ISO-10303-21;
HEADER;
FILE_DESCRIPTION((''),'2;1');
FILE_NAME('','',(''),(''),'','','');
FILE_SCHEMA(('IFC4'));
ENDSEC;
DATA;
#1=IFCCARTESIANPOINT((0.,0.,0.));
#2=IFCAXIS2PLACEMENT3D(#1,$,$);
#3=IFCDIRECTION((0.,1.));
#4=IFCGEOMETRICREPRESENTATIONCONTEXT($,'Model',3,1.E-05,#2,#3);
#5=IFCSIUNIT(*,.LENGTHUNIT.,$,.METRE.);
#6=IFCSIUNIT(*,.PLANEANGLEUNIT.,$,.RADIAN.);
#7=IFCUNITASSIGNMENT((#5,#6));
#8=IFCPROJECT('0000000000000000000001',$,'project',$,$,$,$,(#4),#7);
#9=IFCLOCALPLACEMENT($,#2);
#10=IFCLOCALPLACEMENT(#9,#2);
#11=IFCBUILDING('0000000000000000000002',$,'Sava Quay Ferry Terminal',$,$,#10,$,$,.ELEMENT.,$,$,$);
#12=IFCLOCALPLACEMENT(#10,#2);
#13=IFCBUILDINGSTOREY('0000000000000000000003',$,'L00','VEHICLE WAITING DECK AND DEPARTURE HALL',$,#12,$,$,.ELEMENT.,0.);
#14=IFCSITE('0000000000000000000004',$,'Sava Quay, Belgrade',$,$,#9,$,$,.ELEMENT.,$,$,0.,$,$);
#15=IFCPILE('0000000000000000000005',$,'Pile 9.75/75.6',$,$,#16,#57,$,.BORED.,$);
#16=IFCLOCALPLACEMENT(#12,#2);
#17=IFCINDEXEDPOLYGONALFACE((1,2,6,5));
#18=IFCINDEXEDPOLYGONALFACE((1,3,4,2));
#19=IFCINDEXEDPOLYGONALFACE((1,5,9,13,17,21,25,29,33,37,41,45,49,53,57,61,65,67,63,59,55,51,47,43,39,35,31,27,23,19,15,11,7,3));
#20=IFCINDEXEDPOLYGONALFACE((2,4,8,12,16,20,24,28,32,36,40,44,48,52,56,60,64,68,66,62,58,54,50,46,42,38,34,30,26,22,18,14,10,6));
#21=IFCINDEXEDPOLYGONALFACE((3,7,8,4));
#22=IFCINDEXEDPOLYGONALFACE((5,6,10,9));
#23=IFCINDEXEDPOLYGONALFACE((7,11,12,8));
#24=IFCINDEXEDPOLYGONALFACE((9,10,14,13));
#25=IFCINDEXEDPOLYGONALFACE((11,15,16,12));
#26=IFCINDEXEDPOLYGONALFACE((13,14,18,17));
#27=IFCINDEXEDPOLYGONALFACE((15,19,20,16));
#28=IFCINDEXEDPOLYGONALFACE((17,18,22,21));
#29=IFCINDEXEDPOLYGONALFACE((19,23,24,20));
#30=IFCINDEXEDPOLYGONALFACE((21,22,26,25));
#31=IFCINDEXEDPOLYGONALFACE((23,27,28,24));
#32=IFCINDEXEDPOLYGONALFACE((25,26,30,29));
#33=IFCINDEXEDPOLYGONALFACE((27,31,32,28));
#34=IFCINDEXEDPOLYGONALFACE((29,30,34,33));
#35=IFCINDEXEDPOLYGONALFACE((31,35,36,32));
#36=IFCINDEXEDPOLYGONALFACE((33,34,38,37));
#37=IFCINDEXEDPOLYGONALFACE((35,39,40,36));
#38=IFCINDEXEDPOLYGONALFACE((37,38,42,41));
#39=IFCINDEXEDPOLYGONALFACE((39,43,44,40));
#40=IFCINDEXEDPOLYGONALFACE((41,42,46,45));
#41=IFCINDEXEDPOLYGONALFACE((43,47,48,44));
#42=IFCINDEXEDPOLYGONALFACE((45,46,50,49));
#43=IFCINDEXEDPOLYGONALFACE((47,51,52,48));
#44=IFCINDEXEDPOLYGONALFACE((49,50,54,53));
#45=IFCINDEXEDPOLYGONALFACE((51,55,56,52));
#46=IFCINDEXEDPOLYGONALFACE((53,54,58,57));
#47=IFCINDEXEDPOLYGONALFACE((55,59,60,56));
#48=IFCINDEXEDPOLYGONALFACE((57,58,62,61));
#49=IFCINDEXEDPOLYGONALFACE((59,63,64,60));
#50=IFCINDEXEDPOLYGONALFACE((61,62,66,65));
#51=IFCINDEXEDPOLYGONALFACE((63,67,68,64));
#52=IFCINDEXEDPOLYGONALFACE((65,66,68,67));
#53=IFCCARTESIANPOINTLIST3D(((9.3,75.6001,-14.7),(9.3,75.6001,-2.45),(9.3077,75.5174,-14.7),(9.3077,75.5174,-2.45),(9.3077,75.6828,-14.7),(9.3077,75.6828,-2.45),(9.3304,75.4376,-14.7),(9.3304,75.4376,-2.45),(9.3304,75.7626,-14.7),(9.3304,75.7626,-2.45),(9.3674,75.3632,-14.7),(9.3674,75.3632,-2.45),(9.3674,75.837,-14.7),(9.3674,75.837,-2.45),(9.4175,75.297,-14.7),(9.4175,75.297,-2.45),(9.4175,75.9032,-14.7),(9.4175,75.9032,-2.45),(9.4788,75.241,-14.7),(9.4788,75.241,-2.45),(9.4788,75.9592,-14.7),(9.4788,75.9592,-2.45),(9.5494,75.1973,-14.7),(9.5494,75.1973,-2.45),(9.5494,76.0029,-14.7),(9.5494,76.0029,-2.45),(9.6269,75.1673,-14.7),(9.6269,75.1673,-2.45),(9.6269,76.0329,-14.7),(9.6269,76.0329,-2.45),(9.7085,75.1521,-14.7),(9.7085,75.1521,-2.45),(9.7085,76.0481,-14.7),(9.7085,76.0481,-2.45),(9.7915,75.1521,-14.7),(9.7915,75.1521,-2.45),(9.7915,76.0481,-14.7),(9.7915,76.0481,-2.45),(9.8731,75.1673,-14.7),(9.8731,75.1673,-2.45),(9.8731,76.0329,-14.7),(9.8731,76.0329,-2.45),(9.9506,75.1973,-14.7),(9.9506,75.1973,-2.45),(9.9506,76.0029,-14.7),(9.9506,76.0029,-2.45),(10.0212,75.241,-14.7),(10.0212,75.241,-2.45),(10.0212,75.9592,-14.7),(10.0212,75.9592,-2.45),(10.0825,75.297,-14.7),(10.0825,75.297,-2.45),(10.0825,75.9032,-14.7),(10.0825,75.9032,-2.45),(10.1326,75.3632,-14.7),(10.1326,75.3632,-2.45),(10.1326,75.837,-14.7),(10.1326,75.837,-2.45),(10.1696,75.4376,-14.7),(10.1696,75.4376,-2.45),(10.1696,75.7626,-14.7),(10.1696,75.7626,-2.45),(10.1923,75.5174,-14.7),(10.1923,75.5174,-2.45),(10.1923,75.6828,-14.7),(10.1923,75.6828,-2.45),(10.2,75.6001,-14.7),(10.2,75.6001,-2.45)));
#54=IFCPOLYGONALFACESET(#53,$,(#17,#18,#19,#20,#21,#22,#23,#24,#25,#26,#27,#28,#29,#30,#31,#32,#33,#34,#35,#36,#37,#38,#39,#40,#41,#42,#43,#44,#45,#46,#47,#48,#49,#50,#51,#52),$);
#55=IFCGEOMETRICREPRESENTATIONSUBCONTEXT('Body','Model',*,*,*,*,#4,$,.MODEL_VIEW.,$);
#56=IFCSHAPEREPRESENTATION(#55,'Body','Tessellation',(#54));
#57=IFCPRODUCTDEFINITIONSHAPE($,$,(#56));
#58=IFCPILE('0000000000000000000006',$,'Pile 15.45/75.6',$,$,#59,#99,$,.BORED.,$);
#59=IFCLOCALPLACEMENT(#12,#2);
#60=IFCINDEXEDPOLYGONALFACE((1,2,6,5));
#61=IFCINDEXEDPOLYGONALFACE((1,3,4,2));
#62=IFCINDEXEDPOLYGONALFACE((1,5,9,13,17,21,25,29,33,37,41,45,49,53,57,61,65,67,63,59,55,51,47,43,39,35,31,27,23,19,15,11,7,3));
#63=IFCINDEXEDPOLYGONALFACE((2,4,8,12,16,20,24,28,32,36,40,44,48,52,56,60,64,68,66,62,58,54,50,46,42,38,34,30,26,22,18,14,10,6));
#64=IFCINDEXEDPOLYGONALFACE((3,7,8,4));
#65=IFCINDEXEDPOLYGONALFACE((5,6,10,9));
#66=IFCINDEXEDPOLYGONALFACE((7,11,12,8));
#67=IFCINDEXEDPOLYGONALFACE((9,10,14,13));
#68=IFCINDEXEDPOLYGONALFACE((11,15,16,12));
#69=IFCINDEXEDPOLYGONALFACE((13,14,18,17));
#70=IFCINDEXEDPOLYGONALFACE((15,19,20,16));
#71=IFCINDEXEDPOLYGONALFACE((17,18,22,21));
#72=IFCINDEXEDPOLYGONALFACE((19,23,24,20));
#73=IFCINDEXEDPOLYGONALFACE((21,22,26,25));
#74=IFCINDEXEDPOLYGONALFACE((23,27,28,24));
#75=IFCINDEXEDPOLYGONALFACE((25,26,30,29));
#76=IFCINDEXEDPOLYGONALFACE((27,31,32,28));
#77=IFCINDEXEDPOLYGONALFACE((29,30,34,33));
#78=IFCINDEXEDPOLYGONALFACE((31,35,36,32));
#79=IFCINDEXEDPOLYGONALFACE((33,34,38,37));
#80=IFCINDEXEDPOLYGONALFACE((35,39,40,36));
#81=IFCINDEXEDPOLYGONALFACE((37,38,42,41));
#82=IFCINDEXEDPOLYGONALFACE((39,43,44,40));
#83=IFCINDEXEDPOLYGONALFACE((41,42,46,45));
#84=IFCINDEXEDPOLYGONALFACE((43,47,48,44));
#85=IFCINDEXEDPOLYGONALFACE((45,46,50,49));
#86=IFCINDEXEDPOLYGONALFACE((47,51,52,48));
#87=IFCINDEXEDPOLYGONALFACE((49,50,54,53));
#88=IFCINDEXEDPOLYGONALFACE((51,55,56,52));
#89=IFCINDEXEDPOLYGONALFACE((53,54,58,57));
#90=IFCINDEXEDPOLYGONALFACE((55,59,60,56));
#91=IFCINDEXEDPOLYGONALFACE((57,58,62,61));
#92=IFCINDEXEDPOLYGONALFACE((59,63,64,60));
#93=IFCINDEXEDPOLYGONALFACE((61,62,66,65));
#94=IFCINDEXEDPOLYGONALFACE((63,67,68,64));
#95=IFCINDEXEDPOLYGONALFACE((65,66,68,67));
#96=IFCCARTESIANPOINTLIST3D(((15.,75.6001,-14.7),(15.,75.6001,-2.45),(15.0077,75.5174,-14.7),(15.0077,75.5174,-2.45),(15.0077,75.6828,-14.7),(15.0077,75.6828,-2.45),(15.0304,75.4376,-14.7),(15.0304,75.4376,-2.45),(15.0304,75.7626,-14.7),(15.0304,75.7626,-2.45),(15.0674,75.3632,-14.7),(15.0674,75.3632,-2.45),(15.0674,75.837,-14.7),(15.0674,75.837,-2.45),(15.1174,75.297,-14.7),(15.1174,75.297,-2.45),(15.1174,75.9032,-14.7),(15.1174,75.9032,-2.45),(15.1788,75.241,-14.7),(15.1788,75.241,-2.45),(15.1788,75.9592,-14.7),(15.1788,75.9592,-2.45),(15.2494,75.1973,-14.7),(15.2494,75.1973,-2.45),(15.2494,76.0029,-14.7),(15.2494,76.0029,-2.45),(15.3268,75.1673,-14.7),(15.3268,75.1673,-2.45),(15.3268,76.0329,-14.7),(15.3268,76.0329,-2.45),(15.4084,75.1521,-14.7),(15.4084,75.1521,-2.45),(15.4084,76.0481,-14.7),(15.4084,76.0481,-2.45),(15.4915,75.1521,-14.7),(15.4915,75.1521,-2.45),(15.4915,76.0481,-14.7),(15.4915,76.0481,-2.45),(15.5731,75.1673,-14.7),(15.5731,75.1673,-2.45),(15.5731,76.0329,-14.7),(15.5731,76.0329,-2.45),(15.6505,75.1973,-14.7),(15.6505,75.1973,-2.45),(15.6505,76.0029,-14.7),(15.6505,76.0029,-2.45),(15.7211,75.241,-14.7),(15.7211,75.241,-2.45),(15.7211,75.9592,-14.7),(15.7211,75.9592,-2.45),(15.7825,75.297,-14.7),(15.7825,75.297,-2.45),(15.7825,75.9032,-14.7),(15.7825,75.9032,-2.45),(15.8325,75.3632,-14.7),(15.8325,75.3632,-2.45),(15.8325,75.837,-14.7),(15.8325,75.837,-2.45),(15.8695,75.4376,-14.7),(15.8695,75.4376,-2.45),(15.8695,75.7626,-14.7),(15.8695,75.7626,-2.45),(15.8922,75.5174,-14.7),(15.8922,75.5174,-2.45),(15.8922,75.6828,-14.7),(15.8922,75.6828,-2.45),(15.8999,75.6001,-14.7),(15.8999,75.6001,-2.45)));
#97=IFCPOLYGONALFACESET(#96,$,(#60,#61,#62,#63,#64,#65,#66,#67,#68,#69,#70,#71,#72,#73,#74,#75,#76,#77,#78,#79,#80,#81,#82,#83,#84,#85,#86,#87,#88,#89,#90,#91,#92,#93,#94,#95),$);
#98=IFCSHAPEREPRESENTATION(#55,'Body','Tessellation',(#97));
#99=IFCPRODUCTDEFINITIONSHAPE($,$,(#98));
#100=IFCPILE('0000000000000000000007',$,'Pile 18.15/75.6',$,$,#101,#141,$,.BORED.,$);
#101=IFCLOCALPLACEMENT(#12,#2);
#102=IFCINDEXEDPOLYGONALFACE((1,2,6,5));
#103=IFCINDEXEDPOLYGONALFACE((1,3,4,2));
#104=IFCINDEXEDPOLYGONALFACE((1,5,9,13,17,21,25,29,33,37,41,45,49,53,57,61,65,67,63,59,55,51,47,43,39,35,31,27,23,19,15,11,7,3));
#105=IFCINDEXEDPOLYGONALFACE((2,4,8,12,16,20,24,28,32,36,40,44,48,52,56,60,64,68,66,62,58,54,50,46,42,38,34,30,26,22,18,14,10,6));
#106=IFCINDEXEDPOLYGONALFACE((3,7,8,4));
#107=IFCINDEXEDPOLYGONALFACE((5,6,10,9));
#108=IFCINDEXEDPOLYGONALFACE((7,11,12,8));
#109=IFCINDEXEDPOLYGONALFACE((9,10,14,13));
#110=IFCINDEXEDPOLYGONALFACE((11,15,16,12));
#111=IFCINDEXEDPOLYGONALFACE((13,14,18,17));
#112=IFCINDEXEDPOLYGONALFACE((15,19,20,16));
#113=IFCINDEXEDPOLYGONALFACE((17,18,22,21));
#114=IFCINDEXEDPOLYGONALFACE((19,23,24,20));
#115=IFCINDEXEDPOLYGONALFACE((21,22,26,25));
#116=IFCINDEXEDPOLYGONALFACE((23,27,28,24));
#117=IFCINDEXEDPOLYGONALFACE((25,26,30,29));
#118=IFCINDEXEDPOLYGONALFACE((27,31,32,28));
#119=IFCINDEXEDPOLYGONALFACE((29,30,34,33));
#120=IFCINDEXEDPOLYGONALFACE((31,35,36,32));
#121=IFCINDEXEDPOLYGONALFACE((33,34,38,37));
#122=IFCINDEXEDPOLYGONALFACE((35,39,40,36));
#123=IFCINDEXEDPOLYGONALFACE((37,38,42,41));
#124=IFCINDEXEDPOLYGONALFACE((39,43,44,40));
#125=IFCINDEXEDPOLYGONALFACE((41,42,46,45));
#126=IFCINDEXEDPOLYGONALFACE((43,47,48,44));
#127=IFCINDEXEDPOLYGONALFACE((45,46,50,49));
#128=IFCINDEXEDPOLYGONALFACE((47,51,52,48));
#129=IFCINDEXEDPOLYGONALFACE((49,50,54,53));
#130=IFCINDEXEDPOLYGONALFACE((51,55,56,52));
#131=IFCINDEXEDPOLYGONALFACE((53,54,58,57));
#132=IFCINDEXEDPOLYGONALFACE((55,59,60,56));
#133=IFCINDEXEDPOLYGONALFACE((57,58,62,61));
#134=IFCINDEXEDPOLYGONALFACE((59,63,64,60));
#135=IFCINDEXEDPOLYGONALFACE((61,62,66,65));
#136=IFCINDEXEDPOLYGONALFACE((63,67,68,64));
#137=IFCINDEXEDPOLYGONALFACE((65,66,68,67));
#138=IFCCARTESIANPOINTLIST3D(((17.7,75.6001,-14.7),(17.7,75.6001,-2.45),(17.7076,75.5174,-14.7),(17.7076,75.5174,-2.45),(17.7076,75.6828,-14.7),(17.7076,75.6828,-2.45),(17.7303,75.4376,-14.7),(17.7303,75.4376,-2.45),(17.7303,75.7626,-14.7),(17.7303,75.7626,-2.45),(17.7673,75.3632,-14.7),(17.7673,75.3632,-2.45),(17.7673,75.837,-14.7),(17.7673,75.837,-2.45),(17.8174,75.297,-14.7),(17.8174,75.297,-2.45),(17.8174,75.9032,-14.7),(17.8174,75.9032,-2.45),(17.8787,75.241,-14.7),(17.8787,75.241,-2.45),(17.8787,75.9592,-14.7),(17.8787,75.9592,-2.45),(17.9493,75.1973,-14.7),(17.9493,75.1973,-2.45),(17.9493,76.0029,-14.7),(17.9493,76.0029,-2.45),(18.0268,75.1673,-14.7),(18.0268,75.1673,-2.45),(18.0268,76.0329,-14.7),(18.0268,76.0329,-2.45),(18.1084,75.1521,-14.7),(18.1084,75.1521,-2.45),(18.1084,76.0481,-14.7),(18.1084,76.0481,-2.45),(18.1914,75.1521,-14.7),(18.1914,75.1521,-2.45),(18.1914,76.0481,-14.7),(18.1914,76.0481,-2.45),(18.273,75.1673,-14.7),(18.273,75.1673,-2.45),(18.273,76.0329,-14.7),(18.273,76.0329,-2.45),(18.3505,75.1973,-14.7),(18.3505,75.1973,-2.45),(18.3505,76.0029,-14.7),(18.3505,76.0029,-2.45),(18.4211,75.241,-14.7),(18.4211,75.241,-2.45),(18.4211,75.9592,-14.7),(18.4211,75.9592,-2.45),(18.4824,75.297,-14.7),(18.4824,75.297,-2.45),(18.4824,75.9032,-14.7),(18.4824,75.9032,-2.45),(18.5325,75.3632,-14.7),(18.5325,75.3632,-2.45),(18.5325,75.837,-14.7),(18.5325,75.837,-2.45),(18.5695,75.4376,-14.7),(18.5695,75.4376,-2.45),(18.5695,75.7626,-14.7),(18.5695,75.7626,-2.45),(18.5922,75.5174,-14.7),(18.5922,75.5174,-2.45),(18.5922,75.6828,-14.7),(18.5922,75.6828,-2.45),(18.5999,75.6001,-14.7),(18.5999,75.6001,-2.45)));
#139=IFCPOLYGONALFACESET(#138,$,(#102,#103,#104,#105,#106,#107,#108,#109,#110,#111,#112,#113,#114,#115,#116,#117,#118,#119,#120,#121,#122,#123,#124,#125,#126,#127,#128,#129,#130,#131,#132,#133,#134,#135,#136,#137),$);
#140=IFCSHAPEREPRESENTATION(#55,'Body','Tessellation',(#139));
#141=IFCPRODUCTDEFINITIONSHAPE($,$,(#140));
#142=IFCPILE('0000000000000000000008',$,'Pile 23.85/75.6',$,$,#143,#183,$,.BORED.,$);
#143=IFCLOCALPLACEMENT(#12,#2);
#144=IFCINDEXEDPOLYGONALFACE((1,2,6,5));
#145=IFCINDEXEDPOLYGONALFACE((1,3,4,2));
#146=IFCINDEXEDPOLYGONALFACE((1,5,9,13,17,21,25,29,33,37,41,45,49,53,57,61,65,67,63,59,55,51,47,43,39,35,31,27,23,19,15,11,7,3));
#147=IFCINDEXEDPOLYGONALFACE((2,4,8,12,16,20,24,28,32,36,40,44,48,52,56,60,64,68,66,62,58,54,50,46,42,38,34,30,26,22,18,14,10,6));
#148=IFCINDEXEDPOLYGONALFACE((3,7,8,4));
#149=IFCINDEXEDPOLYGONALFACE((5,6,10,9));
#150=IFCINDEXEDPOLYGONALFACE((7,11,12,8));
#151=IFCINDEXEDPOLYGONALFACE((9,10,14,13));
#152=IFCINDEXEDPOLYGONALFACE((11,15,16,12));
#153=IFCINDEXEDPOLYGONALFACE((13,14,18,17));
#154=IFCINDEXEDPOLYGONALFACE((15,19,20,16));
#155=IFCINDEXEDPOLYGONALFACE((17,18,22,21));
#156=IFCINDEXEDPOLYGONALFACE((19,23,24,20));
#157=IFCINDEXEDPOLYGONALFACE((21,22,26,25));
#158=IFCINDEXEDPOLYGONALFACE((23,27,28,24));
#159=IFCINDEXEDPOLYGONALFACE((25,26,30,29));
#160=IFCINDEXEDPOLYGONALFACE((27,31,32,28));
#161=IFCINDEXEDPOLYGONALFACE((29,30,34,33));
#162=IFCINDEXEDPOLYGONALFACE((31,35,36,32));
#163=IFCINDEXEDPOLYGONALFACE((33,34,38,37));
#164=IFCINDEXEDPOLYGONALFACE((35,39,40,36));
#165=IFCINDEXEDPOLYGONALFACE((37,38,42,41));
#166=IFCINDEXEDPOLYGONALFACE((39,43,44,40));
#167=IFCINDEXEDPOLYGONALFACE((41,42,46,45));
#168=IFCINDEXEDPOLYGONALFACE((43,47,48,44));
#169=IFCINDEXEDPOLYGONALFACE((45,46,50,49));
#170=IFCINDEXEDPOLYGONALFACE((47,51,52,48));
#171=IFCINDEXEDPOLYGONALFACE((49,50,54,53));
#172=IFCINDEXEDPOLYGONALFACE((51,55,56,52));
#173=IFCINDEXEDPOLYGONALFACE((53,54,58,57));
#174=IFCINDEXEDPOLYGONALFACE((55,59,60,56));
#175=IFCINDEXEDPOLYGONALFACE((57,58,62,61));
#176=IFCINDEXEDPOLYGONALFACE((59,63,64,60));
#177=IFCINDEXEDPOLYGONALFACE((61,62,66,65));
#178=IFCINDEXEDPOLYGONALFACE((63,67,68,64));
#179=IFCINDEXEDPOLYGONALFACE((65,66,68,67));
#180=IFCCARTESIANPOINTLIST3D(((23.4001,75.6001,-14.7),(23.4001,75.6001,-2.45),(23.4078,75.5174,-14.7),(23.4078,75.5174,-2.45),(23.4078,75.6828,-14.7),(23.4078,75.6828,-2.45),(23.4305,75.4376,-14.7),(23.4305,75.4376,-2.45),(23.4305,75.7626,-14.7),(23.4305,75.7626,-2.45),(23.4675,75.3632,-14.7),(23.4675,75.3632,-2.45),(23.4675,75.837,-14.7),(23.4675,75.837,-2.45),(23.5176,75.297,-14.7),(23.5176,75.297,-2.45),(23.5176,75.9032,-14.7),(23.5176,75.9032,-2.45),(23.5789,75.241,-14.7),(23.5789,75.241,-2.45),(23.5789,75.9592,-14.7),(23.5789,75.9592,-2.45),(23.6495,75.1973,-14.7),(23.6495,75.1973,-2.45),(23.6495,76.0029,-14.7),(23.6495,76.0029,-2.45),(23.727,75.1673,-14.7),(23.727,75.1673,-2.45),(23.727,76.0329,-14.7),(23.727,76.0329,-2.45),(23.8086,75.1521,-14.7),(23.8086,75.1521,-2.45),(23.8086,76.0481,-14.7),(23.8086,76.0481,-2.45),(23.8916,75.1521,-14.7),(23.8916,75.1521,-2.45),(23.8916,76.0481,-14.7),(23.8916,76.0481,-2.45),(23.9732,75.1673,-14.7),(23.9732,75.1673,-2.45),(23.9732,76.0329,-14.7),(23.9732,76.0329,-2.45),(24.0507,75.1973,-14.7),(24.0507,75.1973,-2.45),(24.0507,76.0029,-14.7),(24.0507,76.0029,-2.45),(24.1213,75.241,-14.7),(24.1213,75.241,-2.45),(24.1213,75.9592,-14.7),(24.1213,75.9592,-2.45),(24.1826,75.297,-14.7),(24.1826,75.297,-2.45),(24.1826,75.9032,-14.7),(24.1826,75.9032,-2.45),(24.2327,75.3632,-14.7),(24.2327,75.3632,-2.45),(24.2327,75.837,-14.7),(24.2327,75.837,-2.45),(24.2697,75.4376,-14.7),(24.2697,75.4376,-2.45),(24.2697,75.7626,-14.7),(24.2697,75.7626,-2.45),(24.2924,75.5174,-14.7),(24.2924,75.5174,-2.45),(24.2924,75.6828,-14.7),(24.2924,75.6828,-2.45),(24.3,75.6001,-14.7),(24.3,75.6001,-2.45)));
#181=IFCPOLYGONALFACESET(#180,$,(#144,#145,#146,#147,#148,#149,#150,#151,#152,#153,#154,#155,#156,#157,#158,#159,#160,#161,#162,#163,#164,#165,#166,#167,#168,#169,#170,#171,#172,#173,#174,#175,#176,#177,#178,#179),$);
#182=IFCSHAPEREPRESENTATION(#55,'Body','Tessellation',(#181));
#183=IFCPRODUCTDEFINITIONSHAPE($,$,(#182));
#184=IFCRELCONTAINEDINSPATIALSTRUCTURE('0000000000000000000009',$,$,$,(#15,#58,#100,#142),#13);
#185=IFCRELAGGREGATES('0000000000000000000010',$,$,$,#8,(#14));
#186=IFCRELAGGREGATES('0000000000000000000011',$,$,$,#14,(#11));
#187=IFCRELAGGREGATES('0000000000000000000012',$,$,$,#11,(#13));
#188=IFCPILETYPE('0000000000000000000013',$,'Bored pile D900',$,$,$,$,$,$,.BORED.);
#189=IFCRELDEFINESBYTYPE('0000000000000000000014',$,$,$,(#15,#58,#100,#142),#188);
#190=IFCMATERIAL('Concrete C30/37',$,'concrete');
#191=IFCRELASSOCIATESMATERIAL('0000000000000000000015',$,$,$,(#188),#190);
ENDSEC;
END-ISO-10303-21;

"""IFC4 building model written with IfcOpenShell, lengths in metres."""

from ifc_helpers import new_model, si_unit, direction, frame, origin, origin_2d, place, context, subcontext, project, spatial, circle, extrude, material, material_profile, profile_set, type_object, element, save


model = new_model("IFC4")

# Units and contexts
model_context = context("Model", 3, precision=1e-05, world=origin(), true_north=direction((0.0, 1.0)))
body_context = subcontext(model_context, "Body", "Model", "MODEL_VIEW")
ifc_project = project(units=[si_unit("LENGTHUNIT", "METRE"), si_unit("PLANEANGLEUNIT", "RADIAN")], contexts=[model_context])

# Site, building, storey
site_placement = place(None, origin())
site = spatial("IfcSite", under=ifc_project, at=site_placement, Name="Sava Quay, Belgrade", CompositionType="ELEMENT", RefElevation=0.0)
building_placement = place(site_placement, origin())
building = spatial("IfcBuilding", under=site, at=building_placement, Name="Sava Quay Ferry Terminal", CompositionType="ELEMENT")
storey_placement = place(building_placement, origin())
storey = spatial("IfcBuildingStorey", under=building, at=storey_placement, Name="L00", Description="VEHICLE WAITING DECK AND DEPARTURE HALL", CompositionType="ELEMENT", Elevation=0.0)

# Piles
ifc_material_1 = material(Name="Concrete C30/37", Category="concrete")
ifc_material_profile_1 = material_profile(ifc_material_1, circle(Radius=0.45, at=origin_2d()), Name="Bored pile D900")
ifc_profile_set_1 = profile_set([ifc_material_profile_1], Name="Concrete C30/37")
pile_type = type_object("IfcPileType", Name="Bored pile D900", PredefinedType="BORED", material=ifc_profile_set_1)
for number, where, z_axis, x_axis, name in (
    (1, (9.75, 75.6001, -2.45), (0.0, 0.0, -1.0), (1.0, 0.0, 0.0), "Pile 9.75/75.6"),
    (2, (15.45, 75.6001, -2.45), (0.0, 0.0, -1.0), (1.0, 0.0, 0.0), "Pile 15.45/75.6"),
    (3, (18.1499, 75.6001, -2.45), (0.0, 0.0, -1.0), (1.0, 0.0, 0.0), "Pile 18.15/75.6"),
    (4, (23.8501, 75.6001, -2.45), (0.0, 0.0, -1.0), (1.0, 0.0, 0.0), "Pile 23.85/75.6"),
):
    element("IfcPile", number, at=place(storey_placement, frame(where, z_axis=z_axis, x_axis=x_axis)), inside=storey, type_object=pile_type, Name=name, PredefinedType="BORED", context=body_context, shape_type="SweptSolid", body=[
        extrude(circle(Radius=0.45, at=origin_2d()), origin(), (0.0, 0.0, 1.0), 12.25),
    ])

save(model, "model.ifc")
